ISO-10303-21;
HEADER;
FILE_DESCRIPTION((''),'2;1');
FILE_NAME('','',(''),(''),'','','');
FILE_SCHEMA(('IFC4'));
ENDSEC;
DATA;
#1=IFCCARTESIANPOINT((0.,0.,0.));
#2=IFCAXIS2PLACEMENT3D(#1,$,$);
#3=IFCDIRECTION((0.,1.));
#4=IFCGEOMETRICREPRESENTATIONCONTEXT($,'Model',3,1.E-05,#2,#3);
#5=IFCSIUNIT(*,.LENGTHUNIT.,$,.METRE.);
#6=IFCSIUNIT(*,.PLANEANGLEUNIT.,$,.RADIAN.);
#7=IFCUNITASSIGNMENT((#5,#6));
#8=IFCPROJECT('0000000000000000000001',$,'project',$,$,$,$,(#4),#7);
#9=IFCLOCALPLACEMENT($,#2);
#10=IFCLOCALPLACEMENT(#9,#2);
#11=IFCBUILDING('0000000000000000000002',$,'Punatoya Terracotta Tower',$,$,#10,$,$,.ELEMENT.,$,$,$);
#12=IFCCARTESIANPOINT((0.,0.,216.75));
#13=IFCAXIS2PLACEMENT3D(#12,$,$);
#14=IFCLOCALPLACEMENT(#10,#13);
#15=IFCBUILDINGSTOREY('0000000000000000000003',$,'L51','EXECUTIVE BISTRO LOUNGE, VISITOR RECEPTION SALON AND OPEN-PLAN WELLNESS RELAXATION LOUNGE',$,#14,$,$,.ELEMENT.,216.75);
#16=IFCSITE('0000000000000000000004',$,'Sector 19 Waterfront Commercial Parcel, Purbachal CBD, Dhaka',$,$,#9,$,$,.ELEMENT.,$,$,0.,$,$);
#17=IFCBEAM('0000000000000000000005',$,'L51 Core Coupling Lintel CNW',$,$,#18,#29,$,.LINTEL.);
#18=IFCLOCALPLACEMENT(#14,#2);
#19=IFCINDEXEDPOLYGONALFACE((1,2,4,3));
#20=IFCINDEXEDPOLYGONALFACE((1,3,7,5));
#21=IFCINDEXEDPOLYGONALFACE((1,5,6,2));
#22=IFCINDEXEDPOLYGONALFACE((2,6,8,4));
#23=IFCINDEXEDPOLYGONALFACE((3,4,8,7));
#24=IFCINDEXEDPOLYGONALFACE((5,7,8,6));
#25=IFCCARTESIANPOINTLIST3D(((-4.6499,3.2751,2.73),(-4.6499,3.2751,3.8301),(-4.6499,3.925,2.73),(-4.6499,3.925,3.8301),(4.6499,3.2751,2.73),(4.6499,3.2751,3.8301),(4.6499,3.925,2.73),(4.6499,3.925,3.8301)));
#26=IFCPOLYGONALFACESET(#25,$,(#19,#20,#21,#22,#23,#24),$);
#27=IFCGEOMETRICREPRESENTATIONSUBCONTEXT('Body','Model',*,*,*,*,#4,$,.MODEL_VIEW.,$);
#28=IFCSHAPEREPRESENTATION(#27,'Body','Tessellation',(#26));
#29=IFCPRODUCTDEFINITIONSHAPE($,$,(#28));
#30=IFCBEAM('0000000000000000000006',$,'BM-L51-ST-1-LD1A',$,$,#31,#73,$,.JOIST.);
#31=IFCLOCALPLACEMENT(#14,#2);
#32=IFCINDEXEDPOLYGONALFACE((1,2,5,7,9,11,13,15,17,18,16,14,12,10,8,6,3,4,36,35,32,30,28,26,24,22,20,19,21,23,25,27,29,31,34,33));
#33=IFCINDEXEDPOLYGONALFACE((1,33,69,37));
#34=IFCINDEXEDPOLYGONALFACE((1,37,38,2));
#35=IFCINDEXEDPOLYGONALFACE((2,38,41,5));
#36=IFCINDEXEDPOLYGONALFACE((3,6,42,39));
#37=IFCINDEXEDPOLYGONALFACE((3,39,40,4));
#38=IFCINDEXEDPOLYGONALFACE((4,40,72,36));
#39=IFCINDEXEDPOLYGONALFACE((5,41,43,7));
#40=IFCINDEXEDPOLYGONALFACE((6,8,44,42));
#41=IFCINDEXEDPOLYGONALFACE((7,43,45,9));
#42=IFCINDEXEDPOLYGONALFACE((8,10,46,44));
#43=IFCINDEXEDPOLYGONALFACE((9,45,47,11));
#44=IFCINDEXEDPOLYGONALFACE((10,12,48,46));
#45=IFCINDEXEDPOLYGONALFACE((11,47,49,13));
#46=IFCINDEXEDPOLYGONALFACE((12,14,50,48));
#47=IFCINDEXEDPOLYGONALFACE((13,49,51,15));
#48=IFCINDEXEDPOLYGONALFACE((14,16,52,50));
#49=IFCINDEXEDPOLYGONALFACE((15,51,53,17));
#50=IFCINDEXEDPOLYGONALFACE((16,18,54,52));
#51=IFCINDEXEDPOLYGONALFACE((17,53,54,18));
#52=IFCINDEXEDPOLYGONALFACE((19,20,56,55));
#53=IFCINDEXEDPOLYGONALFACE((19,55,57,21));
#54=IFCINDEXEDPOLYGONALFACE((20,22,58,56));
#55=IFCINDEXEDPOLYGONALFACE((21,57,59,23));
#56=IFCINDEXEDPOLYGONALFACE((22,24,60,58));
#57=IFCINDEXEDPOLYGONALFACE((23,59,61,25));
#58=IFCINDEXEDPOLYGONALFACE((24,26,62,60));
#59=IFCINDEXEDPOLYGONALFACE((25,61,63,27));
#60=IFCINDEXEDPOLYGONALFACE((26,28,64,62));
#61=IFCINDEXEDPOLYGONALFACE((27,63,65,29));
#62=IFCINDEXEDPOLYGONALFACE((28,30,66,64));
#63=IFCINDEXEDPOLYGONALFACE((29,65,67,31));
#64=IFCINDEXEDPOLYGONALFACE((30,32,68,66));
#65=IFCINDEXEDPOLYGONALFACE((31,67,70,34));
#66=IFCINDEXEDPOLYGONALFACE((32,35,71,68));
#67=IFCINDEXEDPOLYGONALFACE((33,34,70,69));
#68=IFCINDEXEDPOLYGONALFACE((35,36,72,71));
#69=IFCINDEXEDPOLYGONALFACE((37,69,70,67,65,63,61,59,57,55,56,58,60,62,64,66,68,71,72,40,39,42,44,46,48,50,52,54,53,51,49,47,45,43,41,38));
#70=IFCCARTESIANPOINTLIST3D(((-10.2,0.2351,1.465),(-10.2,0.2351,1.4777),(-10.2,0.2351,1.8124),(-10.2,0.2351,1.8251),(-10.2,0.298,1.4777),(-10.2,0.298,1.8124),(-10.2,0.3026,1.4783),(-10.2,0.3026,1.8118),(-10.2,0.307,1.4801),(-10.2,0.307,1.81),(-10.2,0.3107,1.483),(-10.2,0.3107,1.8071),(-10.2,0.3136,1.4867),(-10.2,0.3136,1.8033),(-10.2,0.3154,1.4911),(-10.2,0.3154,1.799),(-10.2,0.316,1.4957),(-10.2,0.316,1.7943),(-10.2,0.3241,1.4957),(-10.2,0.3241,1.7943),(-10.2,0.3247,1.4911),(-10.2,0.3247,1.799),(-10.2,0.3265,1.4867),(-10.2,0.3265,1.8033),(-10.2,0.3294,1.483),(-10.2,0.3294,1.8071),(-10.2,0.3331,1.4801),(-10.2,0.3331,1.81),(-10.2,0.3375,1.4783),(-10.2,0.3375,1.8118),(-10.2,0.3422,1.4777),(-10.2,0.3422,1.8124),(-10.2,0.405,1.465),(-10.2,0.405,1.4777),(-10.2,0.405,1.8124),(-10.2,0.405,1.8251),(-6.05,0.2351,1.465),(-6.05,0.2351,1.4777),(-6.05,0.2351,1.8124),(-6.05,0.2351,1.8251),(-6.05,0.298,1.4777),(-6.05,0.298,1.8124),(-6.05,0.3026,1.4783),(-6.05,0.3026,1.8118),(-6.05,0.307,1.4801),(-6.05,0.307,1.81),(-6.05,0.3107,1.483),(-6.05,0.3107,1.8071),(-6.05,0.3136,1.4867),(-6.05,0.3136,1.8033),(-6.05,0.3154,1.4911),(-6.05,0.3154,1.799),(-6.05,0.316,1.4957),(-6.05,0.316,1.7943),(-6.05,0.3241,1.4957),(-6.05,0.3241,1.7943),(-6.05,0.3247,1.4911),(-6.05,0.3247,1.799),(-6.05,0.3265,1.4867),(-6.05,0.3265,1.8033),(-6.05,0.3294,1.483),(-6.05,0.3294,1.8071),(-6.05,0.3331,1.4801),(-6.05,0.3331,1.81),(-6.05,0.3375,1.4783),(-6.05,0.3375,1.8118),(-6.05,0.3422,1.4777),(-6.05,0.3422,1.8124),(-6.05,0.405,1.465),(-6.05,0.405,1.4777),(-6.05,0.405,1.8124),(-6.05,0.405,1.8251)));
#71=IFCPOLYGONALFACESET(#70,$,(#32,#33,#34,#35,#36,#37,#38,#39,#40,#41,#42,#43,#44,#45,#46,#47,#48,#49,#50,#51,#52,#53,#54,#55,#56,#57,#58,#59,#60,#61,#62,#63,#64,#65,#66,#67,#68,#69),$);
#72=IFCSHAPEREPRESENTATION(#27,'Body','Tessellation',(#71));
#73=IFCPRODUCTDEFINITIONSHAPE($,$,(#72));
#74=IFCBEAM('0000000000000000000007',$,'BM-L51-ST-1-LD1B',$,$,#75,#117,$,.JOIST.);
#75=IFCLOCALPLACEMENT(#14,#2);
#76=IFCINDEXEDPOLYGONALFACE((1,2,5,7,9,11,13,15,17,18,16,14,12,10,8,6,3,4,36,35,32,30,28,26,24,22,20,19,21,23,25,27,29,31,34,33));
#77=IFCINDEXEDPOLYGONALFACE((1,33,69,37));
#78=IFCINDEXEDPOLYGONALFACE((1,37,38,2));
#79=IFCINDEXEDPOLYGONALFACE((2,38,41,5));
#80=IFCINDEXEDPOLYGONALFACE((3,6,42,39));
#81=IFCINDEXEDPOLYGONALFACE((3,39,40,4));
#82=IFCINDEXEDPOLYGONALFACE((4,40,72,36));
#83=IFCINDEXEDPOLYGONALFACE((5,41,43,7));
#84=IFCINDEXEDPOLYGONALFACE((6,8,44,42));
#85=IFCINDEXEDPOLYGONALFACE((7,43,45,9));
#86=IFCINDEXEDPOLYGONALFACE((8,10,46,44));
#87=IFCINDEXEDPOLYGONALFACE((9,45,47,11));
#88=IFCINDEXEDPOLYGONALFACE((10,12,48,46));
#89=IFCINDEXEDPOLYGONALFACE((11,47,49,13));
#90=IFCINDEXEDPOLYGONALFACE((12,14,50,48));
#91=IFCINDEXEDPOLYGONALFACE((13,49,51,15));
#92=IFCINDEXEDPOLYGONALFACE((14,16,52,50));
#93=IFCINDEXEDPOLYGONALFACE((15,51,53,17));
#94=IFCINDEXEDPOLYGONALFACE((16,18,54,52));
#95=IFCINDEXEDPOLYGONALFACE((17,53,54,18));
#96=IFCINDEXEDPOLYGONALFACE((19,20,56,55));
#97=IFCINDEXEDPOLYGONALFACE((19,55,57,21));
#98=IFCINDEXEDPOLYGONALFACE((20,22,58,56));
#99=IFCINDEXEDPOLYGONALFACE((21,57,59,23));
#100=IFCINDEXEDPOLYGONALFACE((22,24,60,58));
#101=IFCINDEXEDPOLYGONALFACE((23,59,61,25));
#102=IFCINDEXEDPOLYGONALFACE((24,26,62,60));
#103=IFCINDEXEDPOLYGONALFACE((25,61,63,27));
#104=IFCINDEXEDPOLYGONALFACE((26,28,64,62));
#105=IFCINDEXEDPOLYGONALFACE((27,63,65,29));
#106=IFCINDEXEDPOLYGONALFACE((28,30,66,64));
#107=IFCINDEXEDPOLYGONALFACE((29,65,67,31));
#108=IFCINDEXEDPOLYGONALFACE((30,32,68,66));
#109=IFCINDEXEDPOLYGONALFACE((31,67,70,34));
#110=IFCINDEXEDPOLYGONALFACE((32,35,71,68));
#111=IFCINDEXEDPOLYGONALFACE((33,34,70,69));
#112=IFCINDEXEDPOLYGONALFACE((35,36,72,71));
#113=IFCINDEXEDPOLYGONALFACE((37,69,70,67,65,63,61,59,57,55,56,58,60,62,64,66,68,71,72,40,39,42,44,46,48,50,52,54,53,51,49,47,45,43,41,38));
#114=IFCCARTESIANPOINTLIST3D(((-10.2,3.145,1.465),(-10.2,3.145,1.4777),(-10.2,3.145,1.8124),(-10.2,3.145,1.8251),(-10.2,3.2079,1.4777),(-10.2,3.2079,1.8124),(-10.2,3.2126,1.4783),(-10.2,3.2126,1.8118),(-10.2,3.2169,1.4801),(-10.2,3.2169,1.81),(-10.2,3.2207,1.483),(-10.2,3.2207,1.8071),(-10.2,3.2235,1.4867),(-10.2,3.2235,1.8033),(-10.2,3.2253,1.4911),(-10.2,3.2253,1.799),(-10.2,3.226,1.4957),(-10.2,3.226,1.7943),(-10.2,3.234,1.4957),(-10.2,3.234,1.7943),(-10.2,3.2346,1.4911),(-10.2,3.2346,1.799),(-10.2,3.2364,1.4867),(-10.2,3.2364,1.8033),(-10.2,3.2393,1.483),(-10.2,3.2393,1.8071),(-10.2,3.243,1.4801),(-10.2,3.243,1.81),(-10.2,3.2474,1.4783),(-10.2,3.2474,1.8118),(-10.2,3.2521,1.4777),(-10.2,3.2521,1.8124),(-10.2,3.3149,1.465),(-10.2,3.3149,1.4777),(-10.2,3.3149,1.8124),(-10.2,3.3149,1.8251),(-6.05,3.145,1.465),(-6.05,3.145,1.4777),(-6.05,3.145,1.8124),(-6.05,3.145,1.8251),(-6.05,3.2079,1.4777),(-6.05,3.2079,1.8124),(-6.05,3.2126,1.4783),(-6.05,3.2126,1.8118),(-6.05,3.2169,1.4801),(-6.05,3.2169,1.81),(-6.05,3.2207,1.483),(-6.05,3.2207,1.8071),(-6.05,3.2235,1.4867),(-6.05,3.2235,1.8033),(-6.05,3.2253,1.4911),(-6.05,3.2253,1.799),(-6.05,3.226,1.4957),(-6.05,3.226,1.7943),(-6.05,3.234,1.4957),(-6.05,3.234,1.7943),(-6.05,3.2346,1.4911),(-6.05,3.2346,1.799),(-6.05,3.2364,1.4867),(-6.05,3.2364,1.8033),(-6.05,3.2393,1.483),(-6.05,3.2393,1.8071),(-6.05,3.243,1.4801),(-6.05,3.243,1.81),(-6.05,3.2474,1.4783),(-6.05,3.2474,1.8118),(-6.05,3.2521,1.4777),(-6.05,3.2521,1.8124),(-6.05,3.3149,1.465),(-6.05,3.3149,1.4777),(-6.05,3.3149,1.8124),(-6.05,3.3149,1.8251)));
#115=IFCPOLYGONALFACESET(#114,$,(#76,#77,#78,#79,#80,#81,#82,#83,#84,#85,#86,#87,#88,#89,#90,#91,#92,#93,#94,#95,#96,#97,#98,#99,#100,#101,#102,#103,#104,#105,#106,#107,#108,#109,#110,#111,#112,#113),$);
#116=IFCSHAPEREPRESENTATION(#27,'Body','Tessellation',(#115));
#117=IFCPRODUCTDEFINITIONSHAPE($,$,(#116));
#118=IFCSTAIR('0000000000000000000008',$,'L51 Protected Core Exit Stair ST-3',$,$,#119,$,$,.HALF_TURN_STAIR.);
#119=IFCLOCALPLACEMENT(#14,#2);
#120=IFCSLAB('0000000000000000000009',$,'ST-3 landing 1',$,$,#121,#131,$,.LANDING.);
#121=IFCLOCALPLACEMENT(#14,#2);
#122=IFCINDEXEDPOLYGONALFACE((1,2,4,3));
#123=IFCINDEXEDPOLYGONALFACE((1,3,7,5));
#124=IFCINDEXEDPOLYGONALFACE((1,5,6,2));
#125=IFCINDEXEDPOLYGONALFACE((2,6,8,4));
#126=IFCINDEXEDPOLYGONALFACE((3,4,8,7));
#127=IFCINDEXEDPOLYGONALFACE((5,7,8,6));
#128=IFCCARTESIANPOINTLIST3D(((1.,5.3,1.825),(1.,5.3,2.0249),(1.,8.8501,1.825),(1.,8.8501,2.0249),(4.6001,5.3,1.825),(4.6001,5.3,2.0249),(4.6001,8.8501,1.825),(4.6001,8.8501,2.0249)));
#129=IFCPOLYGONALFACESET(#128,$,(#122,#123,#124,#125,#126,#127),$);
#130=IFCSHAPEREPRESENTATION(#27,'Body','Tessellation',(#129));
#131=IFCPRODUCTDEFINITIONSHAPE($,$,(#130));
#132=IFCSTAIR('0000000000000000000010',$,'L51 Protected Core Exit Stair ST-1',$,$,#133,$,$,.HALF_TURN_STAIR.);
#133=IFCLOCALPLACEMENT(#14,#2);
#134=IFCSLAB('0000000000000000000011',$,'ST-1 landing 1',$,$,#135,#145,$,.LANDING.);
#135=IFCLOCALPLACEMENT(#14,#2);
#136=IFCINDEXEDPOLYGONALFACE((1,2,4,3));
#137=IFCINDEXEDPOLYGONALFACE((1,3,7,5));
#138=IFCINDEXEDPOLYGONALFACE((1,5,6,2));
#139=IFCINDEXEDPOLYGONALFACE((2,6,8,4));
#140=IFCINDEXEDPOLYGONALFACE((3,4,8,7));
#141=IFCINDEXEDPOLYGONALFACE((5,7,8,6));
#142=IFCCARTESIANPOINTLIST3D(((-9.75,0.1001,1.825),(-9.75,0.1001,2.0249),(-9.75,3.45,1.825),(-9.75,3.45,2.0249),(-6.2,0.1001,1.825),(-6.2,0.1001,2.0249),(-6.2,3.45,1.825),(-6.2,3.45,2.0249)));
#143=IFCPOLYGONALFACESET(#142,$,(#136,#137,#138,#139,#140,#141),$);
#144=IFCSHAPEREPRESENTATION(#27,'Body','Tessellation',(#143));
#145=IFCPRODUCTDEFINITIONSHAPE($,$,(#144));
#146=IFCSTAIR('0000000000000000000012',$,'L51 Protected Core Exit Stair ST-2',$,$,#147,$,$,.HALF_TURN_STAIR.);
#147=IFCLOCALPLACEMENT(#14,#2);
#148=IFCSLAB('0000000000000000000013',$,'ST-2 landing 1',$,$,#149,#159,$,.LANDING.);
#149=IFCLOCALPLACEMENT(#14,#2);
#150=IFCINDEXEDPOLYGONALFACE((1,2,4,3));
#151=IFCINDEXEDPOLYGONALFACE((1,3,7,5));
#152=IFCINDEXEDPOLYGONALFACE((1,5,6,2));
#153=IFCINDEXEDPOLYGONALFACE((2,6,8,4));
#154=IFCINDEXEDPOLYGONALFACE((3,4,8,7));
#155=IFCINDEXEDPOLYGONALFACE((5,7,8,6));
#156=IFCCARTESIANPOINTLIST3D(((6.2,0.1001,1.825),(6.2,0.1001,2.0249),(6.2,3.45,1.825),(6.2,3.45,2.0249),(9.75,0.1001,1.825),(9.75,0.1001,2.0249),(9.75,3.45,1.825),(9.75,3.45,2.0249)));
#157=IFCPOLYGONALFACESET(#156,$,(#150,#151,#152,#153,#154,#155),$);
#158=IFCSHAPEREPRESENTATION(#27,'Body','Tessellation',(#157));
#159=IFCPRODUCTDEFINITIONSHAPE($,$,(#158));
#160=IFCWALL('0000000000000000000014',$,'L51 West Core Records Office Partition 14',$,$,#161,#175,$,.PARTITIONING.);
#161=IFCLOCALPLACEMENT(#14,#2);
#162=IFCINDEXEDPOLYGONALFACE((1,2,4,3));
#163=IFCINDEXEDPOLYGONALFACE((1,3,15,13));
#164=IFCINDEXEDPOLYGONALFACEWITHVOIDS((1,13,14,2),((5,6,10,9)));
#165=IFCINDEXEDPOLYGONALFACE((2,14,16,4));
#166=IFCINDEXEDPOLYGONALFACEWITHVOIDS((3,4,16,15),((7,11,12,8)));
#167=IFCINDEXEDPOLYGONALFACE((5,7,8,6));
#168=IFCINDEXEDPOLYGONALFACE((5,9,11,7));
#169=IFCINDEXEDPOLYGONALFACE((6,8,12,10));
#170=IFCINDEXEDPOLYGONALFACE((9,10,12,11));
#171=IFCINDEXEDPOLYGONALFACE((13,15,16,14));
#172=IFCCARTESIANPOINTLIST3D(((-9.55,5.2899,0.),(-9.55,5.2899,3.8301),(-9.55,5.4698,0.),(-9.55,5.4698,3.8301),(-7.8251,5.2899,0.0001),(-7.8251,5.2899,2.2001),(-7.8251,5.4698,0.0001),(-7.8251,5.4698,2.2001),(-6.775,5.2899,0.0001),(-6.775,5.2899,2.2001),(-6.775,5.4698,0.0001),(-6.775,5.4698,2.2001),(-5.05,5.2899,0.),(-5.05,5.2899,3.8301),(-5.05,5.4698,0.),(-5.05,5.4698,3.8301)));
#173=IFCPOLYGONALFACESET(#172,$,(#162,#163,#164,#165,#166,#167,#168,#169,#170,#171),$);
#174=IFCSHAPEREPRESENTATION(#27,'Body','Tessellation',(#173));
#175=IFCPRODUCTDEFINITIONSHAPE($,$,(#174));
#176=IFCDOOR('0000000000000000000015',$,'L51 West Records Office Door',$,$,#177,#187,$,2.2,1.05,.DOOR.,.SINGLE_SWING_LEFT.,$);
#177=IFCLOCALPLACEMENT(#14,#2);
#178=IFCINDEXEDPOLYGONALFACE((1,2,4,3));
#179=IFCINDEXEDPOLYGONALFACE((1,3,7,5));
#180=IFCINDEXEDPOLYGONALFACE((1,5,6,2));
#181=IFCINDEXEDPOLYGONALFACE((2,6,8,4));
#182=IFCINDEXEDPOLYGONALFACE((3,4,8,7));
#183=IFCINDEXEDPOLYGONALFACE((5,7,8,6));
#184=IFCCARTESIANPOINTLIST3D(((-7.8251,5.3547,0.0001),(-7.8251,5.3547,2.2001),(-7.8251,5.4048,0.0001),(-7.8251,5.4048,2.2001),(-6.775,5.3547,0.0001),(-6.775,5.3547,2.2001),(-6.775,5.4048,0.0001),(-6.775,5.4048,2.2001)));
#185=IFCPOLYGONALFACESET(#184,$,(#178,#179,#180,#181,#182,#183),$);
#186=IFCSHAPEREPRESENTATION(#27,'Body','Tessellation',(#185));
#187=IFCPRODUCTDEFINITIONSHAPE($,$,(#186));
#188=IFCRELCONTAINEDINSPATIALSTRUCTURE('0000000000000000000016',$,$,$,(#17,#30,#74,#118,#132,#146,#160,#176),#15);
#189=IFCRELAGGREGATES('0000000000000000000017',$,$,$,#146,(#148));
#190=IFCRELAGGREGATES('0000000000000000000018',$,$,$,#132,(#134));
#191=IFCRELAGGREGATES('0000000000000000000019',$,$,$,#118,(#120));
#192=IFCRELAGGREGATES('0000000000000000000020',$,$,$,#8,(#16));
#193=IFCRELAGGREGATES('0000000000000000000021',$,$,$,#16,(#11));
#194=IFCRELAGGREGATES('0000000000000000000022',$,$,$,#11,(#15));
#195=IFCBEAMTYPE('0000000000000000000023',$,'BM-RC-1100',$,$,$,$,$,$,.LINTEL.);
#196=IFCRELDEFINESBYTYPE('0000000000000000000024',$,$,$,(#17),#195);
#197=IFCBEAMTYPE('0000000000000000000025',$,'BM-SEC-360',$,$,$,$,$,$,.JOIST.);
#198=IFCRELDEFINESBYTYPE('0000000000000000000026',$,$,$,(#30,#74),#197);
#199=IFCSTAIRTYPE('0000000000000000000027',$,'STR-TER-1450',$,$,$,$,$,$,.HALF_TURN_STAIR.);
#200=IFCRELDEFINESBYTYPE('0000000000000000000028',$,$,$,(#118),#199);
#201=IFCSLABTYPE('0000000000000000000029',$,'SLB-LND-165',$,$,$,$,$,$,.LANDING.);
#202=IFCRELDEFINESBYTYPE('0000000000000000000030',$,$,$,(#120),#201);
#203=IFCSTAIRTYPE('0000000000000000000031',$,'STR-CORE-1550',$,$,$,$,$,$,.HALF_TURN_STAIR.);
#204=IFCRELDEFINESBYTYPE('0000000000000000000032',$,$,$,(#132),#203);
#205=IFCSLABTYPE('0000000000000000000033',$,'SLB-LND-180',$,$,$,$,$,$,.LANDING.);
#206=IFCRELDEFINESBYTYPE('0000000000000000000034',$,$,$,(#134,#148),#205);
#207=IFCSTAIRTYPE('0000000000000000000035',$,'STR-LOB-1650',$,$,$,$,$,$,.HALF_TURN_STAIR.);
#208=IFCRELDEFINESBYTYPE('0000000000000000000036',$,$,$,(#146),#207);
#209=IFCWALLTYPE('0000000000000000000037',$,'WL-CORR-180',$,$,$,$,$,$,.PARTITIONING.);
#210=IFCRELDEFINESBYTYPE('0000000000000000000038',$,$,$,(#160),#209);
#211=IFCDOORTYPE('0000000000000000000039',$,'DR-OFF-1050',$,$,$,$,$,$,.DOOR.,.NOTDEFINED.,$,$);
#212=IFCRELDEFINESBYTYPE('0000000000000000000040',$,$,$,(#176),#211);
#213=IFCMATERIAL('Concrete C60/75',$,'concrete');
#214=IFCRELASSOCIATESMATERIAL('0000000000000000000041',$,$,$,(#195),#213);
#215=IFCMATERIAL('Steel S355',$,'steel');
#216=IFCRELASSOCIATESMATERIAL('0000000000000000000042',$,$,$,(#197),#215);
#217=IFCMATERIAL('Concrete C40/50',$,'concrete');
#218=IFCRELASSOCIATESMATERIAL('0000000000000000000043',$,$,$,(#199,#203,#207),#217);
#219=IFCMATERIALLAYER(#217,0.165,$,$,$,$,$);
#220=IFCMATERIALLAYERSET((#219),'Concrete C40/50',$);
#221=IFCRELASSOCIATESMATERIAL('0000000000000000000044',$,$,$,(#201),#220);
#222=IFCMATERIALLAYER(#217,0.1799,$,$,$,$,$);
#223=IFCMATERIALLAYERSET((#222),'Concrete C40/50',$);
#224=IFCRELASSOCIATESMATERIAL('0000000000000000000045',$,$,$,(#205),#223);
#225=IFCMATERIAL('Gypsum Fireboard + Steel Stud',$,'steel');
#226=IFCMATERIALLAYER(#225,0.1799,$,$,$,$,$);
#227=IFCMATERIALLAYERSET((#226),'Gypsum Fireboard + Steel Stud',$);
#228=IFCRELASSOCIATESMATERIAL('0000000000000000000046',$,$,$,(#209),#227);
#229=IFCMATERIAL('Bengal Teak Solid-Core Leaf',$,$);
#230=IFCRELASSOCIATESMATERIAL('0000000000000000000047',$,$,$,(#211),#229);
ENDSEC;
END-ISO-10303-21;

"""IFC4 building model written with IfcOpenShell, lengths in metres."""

from ifc_helpers import new_model, si_unit, direction, frame, frame_2d, origin, origin_2d, place, context, subcontext, project, spatial, polyline, rectangle, i_section, outline, extrude, material, layer, layer_set, material_profile, profile_set, type_object, element, fill, aggregate, save


model = new_model("IFC4")

# Units and contexts
model_context = context("Model", 3, precision=1e-05, world=origin(), true_north=direction((0.0, 1.0)))
body_context = subcontext(model_context, "Body", "Model", "MODEL_VIEW")
ifc_project = project(units=[si_unit("LENGTHUNIT", "METRE"), si_unit("PLANEANGLEUNIT", "RADIAN")], contexts=[model_context])

# Site, building, storey
site_placement = place(None, origin())
site = spatial("IfcSite", under=ifc_project, at=site_placement, Name="Sector 19 Waterfront Commercial Parcel, Purbachal CBD, Dhaka", CompositionType="ELEMENT", RefElevation=0.0)
building_placement = place(site_placement, origin())
building = spatial("IfcBuilding", under=site, at=building_placement, Name="Punatoya Terracotta Tower", CompositionType="ELEMENT")
storey_placement = place(building_placement, frame((0.0, 0.0, 216.75)))
storey = spatial("IfcBuildingStorey", under=building, at=storey_placement, Name="L51", Description="EXECUTIVE BISTRO LOUNGE, VISITOR RECEPTION SALON AND OPEN-PLAN WELLNESS RELAXATION LOUNGE", CompositionType="ELEMENT", Elevation=216.75)

# Beams
ifc_material_1 = material(Name="Concrete C60/75", Category="concrete")
ifc_material_profile_1 = material_profile(ifc_material_1, rectangle(XDim=0.6499, YDim=1.1001, at=origin_2d()))
ifc_profile_set_1 = profile_set([ifc_material_profile_1], Name="Concrete C60/75")
beam_type_1 = type_object("IfcBeamType", Name="BM-RC-1100", PredefinedType="LINTEL", material=ifc_profile_set_1)
beam_placement = place(storey_placement, frame((-4.6499, 3.6001, 3.28), z_axis=(1.0, 0.0, 0.0), x_axis=(0.0, 1.0, 0.0)))
element("IfcBeam", 1, at=beam_placement, inside=storey, type_object=beam_type_1, Name="L51 Core Coupling Lintel CNW", PredefinedType="LINTEL", context=body_context, shape_type="SweptSolid", body=[
    extrude(rectangle(XDim=0.6499, YDim=1.1001, at=origin_2d()), origin(), (0.0, 0.0, 1.0), 9.2998),
])
ifc_material_2 = material(Name="Steel S355", Category="steel")
ifc_material_profile_2 = material_profile(ifc_material_2, i_section(OverallWidth=0.1699, OverallDepth=0.3601, WebThickness=0.0081, FlangeThickness=0.0127, FilletRadius=0.0181, at=origin_2d()))
ifc_profile_set_2 = profile_set([ifc_material_profile_2], Name="Steel S355")
beam_type_2 = type_object("IfcBeamType", Name="BM-SEC-360", PredefinedType="JOIST", material=ifc_profile_set_2)
for number, where, z_axis, x_axis, name in (
    (2, (-10.2, 0.3201, 1.645), (1.0, 0.0, 0.0), (0.0, 1.0, 0.0), "BM-L51-ST-1-LD1A"),
    (3, (-10.2, 3.23, 1.645), (1.0, 0.0, 0.0), (0.0, 1.0, 0.0), "BM-L51-ST-1-LD1B"),
):
    element("IfcBeam", number, at=place(storey_placement, frame(where, z_axis=z_axis, x_axis=x_axis)), inside=storey, type_object=beam_type_2, Name=name, PredefinedType="JOIST", context=body_context, shape_type="SweptSolid", body=[
        extrude(i_section(OverallWidth=0.1699, OverallDepth=0.3601, WebThickness=0.0081, FlangeThickness=0.0127, FilletRadius=0.0181, at=origin_2d()), origin(), (0.0, 0.0, 1.0), 4.1499),
    ])

# Stairs, slabs
ifc_material_3 = material(Name="Concrete C40/50", Category="concrete")
stair_type_1 = type_object("IfcStairType", Name="STR-TER-1450", PredefinedType="HALF_TURN_STAIR", material=ifc_material_3)
stair_1_placement = place(storey_placement, origin())
stair_1 = element("IfcStair", 4, at=stair_1_placement, inside=storey, type_object=stair_type_1, Name="L51 Protected Core Exit Stair ST-3", PredefinedType="HALF_TURN_STAIR")
ifc_layer_1 = layer(ifc_material_3, 0.165)
ifc_layer_set_1 = layer_set([ifc_layer_1], Name="Concrete C40/50")
slab_type_1 = type_object("IfcSlabType", Name="SLB-LND-165", PredefinedType="LANDING", material=ifc_layer_set_1)
slab_1_placement = place(storey_placement, frame((0.0, 0.0, 1.825)))
slab_1 = element("IfcSlab", 5, at=slab_1_placement, type_object=slab_type_1, Name="ST-3 landing 1", PredefinedType="LANDING", context=body_context, shape_type="SweptSolid", body=[
    extrude(outline(polyline([(1.0, 5.3), (4.6001, 5.3), (4.6001, 8.8501), (1.0, 8.8501), (1.0, 5.3)])), origin(), (0.0, 0.0, 1.0), 0.2),
])
stair_type_2 = type_object("IfcStairType", Name="STR-CORE-1550", PredefinedType="HALF_TURN_STAIR", material=ifc_material_3)
stair_2_placement = place(storey_placement, origin())
stair_2 = element("IfcStair", 6, at=stair_2_placement, inside=storey, type_object=stair_type_2, Name="L51 Protected Core Exit Stair ST-1", PredefinedType="HALF_TURN_STAIR")
ifc_layer_2 = layer(ifc_material_3, 0.1799)
ifc_layer_set_2 = layer_set([ifc_layer_2], Name="Concrete C40/50")
slab_type_2 = type_object("IfcSlabType", Name="SLB-LND-180", PredefinedType="LANDING", material=ifc_layer_set_2)
slab_2_placement = place(storey_placement, frame((0.0, 0.0, 1.825)))
slab_2 = element("IfcSlab", 7, at=slab_2_placement, type_object=slab_type_2, Name="ST-1 landing 1", PredefinedType="LANDING", context=body_context, shape_type="SweptSolid", body=[
    extrude(outline(polyline([(-6.2, 0.1001), (-6.2, 3.45), (-9.75, 3.45), (-9.75, 0.1001), (-6.2, 0.1001)])), origin(), (0.0, 0.0, 1.0), 0.2),
])
stair_type_3 = type_object("IfcStairType", Name="STR-LOB-1650", PredefinedType="HALF_TURN_STAIR", material=ifc_material_3)
stair_3_placement = place(storey_placement, origin())
stair_3 = element("IfcStair", 8, at=stair_3_placement, inside=storey, type_object=stair_type_3, Name="L51 Protected Core Exit Stair ST-2", PredefinedType="HALF_TURN_STAIR")
slab_3_placement = place(storey_placement, frame((0.0, 0.0, 1.825)))
slab_3 = element("IfcSlab", 9, at=slab_3_placement, type_object=slab_type_2, Name="ST-2 landing 1", PredefinedType="LANDING", context=body_context, shape_type="SweptSolid", body=[
    extrude(outline(polyline([(9.75, 0.1001), (9.75, 3.45), (6.2, 3.45), (6.2, 0.1001), (9.75, 0.1001)])), origin(), (0.0, 0.0, 1.0), 0.2),
])
aggregate(stair_3, [slab_3])

# Wall, opening, door
ifc_material_4 = material(Name="Gypsum Fireboard + Steel Stud", Category="steel")
ifc_layer_3 = layer(ifc_material_4, 0.1799)
ifc_layer_set_3 = layer_set([ifc_layer_3], Name="Gypsum Fireboard + Steel Stud")
wall_type_1 = type_object("IfcWallType", Name="WL-CORR-180", PredefinedType="PARTITIONING", material=ifc_layer_set_3)
wall_1_placement = place(storey_placement, frame((-9.55, 5.3799, 0.0), z_axis=(0.0, 0.0, 1.0), x_axis=(1.0, 0.0, 0.0)))
wall_1 = element("IfcWall", 10, at=wall_1_placement, inside=storey, type_object=wall_type_1, Name="L51 West Core Records Office Partition 14", PredefinedType="PARTITIONING", context=body_context, shape_type="SweptSolid", body=[
    extrude(rectangle(XDim=4.5, YDim=0.1799, at=frame_2d((2.25, 0.0))), origin(), (0.0, 0.0, 1.0), 3.8301),
])
opening_1_placement = place(wall_1_placement, frame((1.7251, 0.0, 0.0)))
opening_1 = element("IfcOpeningElement", 11, at=opening_1_placement, cuts=wall_1, PredefinedType="OPENING", context=body_context, shape_type="SweptSolid", body=[
    extrude(rectangle(XDim=1.05, YDim=2.2, at=frame_2d((0.5249, 1.1001))), frame((0.0, 0.0999, 0.0), z_axis=(0.0, -1.0, 0.0), x_axis=(1.0, 0.0, 0.0)), (0.0, 0.0, 1.0), 0.2),
])
ifc_material_5 = material(Name="Bengal Teak Solid-Core Leaf")
door_type_1 = type_object("IfcDoorType", Name="DR-OFF-1050", OperationType="NOTDEFINED", PredefinedType="DOOR", material=ifc_material_5)
door_1_placement = place(opening_1_placement, origin())
door_1 = element("IfcDoor", 12, at=door_1_placement, inside=storey, type_object=door_type_1, Name="L51 West Records Office Door", OperationType="SINGLE_SWING_LEFT", OverallHeight=2.2, OverallWidth=1.05, PredefinedType="DOOR", context=body_context, shape_type="SweptSolid", body=[
    extrude(rectangle(XDim=1.05, YDim=2.2, at=frame_2d((0.5249, 1.1001))), frame((0.0, 0.0249, 0.0), z_axis=(0.0, -1.0, 0.0), x_axis=(1.0, 0.0, 0.0)), (0.0, 0.0, 1.0), 0.05),
])
fill(opening_1, door_1)

aggregate(stair_2, [slab_2])
aggregate(stair_1, [slab_1])

save(model, "model.ifc")
